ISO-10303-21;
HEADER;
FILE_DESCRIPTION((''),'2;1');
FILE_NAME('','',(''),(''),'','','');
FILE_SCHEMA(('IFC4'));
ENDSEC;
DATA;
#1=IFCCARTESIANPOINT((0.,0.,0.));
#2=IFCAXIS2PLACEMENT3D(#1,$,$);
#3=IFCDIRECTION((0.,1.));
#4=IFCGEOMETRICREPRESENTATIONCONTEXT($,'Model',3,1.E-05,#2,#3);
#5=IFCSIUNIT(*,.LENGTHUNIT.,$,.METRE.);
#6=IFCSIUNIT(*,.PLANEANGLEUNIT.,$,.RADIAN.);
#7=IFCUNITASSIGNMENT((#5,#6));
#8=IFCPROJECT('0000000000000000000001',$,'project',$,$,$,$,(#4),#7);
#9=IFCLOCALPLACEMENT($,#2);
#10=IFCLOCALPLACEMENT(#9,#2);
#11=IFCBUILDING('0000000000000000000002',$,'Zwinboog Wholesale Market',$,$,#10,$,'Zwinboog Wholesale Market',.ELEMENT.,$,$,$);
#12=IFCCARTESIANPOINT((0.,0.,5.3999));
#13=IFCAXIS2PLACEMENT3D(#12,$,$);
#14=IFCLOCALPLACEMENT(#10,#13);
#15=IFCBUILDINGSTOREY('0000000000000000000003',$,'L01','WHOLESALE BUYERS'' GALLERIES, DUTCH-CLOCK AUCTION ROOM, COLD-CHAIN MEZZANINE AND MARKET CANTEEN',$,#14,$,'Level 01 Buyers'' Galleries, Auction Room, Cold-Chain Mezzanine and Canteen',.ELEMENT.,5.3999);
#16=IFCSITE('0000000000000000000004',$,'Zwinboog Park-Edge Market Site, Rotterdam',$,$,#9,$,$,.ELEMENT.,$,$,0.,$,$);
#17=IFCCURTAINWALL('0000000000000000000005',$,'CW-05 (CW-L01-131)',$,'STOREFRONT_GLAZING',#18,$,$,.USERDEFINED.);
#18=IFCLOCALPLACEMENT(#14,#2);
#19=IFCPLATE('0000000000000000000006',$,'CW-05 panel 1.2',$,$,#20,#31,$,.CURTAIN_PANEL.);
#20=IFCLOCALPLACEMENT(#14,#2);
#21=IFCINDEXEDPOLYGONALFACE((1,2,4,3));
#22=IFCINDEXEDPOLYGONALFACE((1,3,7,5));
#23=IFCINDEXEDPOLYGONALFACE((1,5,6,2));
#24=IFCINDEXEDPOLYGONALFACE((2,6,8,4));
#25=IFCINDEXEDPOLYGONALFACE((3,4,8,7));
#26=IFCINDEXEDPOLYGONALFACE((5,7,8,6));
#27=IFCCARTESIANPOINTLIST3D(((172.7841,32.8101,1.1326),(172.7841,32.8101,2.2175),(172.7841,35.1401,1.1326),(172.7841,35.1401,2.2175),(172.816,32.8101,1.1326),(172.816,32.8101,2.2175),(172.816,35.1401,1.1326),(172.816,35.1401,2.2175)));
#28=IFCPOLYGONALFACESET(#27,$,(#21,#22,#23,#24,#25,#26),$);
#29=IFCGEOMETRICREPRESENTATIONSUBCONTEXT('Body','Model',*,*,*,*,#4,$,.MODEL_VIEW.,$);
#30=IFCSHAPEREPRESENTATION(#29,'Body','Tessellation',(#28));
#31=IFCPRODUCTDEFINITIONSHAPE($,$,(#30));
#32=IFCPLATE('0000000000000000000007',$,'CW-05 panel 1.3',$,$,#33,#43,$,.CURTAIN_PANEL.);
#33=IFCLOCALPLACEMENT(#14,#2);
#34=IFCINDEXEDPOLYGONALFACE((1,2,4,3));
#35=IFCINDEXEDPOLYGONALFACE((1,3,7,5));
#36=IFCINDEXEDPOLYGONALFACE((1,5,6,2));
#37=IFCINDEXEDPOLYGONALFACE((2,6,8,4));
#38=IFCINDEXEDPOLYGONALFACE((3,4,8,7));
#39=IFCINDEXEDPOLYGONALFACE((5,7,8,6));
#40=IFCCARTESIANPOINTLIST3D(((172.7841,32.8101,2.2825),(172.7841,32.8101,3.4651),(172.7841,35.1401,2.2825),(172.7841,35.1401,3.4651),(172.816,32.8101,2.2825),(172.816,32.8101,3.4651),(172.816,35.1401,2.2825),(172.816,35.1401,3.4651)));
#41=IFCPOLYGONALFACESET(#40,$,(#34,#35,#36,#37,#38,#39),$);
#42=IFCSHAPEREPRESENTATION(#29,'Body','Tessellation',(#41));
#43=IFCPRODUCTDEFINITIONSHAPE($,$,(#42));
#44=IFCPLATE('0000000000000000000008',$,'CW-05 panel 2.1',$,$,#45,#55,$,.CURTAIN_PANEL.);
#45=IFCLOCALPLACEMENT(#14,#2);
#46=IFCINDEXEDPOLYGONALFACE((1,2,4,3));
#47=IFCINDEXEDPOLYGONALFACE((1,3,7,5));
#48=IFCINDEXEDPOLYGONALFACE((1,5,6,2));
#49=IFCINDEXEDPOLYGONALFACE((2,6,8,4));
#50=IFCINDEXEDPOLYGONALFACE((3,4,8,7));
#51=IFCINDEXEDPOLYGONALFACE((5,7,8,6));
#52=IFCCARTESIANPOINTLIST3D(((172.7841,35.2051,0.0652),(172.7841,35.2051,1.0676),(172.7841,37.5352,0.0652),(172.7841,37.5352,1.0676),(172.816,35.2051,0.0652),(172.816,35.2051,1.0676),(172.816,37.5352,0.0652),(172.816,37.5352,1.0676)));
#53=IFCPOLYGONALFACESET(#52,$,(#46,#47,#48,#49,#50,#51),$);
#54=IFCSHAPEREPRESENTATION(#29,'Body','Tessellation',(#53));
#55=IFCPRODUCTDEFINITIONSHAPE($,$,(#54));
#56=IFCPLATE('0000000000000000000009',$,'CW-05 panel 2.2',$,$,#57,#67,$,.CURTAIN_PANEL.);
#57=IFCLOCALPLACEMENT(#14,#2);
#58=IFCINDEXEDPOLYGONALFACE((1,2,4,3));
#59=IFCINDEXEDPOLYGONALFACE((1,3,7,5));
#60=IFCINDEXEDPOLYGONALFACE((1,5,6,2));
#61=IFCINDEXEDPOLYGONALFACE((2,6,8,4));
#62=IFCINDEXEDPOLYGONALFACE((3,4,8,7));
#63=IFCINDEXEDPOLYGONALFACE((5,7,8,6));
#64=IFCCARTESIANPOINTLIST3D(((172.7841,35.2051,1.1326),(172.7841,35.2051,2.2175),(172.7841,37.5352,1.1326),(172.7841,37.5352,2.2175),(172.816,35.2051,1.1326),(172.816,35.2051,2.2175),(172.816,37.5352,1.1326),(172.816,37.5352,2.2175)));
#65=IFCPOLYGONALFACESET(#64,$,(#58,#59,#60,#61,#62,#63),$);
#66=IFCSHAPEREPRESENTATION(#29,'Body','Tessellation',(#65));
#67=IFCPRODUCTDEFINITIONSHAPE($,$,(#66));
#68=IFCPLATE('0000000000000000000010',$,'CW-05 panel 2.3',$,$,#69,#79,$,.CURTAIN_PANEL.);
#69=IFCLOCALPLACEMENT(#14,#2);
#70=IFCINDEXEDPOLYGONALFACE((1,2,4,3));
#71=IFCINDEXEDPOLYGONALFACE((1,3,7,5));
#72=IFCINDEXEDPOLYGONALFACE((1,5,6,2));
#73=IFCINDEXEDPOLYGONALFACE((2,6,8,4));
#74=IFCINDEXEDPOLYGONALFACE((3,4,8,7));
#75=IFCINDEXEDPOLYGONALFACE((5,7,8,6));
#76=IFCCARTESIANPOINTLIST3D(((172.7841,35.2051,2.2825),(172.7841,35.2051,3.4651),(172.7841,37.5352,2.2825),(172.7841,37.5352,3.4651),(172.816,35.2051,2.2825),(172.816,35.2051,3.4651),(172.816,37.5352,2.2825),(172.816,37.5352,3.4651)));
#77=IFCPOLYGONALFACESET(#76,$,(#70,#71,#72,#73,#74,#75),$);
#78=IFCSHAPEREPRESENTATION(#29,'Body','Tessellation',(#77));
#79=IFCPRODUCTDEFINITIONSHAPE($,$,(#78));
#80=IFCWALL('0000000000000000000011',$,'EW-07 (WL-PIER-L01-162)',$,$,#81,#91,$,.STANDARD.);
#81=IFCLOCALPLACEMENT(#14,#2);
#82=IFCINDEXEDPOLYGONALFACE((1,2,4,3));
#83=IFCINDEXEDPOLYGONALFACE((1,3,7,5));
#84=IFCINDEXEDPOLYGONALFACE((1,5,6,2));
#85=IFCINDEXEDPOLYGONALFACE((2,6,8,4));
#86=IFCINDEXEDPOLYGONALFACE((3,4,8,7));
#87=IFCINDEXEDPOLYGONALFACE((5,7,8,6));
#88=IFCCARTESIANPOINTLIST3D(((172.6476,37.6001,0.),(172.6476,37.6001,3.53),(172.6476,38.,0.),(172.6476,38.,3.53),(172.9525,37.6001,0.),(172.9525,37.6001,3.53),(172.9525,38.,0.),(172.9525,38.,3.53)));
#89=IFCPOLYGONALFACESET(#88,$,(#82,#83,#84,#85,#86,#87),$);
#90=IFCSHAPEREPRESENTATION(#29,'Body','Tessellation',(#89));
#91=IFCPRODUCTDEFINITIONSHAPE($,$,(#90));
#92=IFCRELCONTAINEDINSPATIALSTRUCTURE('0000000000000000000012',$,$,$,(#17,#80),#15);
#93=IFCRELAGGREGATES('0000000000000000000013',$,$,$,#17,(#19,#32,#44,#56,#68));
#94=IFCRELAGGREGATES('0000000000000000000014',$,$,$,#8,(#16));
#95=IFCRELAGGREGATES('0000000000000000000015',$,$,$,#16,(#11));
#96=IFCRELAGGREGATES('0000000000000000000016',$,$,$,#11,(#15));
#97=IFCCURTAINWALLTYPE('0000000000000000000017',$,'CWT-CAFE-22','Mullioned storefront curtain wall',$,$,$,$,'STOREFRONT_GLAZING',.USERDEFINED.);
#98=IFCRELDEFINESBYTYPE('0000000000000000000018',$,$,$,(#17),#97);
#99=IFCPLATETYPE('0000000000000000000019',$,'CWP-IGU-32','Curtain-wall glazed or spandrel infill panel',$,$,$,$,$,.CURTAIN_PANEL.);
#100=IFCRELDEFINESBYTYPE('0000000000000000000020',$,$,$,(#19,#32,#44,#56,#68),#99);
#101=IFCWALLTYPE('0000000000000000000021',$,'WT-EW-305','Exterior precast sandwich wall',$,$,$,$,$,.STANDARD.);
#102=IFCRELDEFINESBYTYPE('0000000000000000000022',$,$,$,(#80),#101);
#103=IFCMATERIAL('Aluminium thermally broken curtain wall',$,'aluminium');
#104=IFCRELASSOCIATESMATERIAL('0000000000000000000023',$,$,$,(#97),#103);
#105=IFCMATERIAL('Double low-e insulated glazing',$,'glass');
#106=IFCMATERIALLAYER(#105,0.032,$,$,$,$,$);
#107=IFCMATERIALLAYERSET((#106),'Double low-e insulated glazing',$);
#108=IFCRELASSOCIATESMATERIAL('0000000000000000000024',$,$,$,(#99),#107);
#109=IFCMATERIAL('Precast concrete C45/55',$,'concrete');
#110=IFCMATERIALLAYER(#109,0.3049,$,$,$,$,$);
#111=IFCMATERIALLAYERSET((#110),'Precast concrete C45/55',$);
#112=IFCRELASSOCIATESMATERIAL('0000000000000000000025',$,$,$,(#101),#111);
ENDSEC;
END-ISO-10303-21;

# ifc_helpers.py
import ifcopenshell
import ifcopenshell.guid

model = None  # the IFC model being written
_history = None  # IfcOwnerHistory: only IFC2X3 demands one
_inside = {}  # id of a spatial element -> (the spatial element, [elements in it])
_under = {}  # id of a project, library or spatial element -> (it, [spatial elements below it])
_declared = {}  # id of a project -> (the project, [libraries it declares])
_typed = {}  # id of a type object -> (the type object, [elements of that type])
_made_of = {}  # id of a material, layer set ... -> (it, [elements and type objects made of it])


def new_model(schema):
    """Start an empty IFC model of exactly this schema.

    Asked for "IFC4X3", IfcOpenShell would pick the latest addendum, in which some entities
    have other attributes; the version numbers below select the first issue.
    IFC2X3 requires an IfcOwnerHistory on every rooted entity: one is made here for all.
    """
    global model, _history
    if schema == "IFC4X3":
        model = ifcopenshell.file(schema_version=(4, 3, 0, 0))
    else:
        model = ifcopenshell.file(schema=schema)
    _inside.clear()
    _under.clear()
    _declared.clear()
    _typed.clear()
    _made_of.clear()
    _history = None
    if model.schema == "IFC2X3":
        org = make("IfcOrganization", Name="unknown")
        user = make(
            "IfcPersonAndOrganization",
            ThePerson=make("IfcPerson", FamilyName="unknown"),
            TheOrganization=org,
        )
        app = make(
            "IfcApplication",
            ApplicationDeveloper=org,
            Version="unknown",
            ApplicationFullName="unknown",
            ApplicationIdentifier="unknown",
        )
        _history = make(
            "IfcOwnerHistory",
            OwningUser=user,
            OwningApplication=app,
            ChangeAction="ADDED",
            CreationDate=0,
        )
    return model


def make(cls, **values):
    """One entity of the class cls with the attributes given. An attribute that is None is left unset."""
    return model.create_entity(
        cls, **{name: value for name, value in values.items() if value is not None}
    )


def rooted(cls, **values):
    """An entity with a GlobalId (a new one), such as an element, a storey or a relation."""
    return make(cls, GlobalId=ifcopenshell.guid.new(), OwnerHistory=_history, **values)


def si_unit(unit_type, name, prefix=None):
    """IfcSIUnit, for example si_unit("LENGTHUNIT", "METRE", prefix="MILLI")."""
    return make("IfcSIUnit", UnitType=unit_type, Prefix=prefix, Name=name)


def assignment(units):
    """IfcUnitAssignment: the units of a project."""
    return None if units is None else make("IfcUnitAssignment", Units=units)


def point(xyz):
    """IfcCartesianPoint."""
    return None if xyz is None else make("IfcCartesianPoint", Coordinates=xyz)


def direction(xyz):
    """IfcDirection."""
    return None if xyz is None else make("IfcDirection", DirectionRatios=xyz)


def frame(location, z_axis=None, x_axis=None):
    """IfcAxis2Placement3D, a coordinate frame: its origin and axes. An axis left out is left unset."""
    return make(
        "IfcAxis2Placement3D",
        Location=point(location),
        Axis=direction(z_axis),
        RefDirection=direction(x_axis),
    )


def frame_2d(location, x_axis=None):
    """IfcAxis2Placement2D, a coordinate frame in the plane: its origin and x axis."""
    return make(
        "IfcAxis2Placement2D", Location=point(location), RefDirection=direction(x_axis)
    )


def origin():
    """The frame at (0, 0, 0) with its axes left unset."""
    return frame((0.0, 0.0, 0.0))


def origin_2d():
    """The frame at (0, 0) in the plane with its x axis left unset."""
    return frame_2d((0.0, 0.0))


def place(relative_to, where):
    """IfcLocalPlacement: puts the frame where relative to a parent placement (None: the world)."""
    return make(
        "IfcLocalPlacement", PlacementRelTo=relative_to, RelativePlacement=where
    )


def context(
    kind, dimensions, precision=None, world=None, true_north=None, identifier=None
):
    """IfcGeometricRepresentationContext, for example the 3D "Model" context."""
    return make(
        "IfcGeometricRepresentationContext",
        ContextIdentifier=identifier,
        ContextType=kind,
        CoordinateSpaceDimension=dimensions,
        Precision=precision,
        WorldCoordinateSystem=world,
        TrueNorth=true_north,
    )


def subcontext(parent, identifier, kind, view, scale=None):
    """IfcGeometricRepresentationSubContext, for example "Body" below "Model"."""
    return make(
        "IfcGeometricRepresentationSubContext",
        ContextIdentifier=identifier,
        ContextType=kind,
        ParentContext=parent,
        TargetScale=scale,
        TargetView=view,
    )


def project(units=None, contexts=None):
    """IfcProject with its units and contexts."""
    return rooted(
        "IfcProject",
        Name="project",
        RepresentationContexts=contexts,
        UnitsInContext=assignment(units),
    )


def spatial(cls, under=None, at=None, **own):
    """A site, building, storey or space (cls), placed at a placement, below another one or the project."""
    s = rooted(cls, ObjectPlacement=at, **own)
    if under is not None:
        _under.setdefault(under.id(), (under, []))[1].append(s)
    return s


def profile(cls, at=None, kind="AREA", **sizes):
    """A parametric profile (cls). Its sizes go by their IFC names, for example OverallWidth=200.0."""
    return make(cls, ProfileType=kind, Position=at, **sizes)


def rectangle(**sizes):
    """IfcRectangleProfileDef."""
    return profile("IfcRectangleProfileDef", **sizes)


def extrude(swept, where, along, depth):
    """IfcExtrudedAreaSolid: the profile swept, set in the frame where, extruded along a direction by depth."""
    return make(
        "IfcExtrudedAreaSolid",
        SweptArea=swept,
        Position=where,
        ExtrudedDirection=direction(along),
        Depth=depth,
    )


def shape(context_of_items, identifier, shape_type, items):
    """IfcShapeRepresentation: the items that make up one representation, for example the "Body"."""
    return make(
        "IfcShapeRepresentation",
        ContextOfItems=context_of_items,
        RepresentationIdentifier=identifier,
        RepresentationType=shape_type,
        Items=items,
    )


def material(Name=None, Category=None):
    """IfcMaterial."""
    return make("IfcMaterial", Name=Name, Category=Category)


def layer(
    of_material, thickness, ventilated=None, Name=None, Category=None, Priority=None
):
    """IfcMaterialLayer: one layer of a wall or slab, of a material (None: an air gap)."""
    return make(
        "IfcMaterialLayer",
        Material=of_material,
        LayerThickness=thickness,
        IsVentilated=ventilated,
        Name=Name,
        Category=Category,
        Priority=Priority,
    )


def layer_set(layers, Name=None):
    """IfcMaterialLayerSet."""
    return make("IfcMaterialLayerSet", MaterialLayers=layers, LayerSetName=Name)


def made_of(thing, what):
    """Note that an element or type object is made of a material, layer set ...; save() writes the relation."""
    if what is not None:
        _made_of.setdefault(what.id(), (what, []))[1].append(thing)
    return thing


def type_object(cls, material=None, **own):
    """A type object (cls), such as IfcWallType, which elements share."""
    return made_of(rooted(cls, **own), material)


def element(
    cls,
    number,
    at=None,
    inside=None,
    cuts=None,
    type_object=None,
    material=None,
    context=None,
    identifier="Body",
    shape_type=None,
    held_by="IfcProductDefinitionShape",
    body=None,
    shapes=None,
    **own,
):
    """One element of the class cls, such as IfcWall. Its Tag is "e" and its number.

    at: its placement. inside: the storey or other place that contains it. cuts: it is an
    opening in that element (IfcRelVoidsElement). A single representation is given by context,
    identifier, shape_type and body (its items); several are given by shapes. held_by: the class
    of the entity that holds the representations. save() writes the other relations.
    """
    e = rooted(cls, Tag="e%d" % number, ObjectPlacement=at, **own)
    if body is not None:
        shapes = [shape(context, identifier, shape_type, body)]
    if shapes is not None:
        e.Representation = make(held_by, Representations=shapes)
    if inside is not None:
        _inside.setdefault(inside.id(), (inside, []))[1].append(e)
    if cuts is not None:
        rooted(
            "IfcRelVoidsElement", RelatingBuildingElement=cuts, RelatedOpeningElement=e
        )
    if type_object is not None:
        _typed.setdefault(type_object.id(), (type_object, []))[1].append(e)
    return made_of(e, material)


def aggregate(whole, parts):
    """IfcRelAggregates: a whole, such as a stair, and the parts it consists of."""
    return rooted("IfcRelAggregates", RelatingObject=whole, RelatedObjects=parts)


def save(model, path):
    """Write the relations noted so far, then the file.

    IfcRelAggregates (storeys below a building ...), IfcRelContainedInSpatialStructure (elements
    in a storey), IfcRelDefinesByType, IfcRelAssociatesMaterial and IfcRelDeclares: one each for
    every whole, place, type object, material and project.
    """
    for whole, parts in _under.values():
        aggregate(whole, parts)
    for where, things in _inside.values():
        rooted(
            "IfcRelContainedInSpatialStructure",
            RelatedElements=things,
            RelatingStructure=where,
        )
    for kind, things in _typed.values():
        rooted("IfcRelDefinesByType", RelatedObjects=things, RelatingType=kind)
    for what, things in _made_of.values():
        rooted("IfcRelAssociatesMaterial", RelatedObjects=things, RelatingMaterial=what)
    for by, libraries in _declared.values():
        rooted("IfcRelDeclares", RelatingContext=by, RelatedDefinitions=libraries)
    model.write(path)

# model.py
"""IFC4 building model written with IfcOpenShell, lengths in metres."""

from ifc_helpers import new_model, si_unit, direction, frame, frame_2d, origin, origin_2d, place, context, subcontext, project, spatial, rectangle, extrude, material, layer, layer_set, type_object, element, aggregate, save


model = new_model("IFC4")

# Units and contexts
model_context = context("Model", 3, precision=1e-05, world=origin(), true_north=direction((0.0, 1.0)))
body_context = subcontext(model_context, "Body", "Model", "MODEL_VIEW")
ifc_project = project(units=[si_unit("LENGTHUNIT", "METRE"), si_unit("PLANEANGLEUNIT", "RADIAN")], contexts=[model_context])

# Site, building, storey
site_placement = place(None, origin())
site = spatial("IfcSite", under=ifc_project, at=site_placement, Name="Zwinboog Park-Edge Market Site, Rotterdam", CompositionType="ELEMENT", RefElevation=0.0)
building_placement = place(site_placement, origin())
building = spatial("IfcBuilding", under=site, at=building_placement, Name="Zwinboog Wholesale Market", LongName="Zwinboog Wholesale Market", CompositionType="ELEMENT")
storey_placement = place(building_placement, frame((0.0, 0.0, 5.3999)))
storey = spatial("IfcBuildingStorey", under=building, at=storey_placement, Name="L01", Description="WHOLESALE BUYERS' GALLERIES, DUTCH-CLOCK AUCTION ROOM, COLD-CHAIN MEZZANINE AND MARKET CANTEEN", LongName="Level 01 Buyers' Galleries, Auction Room, Cold-Chain Mezzanine and Canteen", CompositionType="ELEMENT", Elevation=5.3999)

# Curtain wall
ifc_material_1 = material(Name="Aluminium thermally broken curtain wall", Category="aluminium")
curtain_wall_type_1 = type_object("IfcCurtainWallType", Name="CWT-CAFE-22", Description="Mullioned storefront curtain wall", ElementType="STOREFRONT_GLAZING", PredefinedType="USERDEFINED", material=ifc_material_1)
curtain_wall_1_placement = place(storey_placement, origin())
curtain_wall_1 = element("IfcCurtainWall", 1, at=curtain_wall_1_placement, inside=storey, type_object=curtain_wall_type_1, Name="CW-05 (CW-L01-131)", ObjectType="STOREFRONT_GLAZING", PredefinedType="USERDEFINED")

# Plates
ifc_material_2 = material(Name="Double low-e insulated glazing", Category="glass")
ifc_layer_1 = layer(ifc_material_2, 0.032)
ifc_layer_set_1 = layer_set([ifc_layer_1], Name="Double low-e insulated glazing")
plate_type = type_object("IfcPlateType", Name="CWP-IGU-32", Description="Curtain-wall glazed or spandrel infill panel", PredefinedType="CURTAIN_PANEL", material=ifc_layer_set_1)
plate_1_placement = place(storey_placement, frame((172.8, 33.9751, 1.1326), z_axis=(0.0, 0.0, 1.0), x_axis=(0.0, 1.0, 0.0)))
plate_1 = element("IfcPlate", 2, at=plate_1_placement, type_object=plate_type, Name="CW-05 panel 1.2", PredefinedType="CURTAIN_PANEL", context=body_context, shape_type="SweptSolid", body=[
    extrude(rectangle(XDim=2.3301, YDim=0.032, at=origin_2d()), origin(), (0.0, 0.0, 1.0), 1.085),
])
plate_2_placement = place(storey_placement, frame((172.8, 33.9751, 2.2825), z_axis=(0.0, 0.0, 1.0), x_axis=(0.0, 1.0, 0.0)))
plate_2 = element("IfcPlate", 3, at=plate_2_placement, type_object=plate_type, Name="CW-05 panel 1.3", PredefinedType="CURTAIN_PANEL", context=body_context, shape_type="SweptSolid", body=[
    extrude(rectangle(XDim=2.3301, YDim=0.032, at=origin_2d()), origin(), (0.0, 0.0, 1.0), 1.1826),
])
plate_3_placement = place(storey_placement, frame((172.8, 36.3701, 0.0652), z_axis=(0.0, 0.0, 1.0), x_axis=(0.0, 1.0, 0.0)))
plate_3 = element("IfcPlate", 4, at=plate_3_placement, type_object=plate_type, Name="CW-05 panel 2.1", PredefinedType="CURTAIN_PANEL", context=body_context, shape_type="SweptSolid", body=[
    extrude(rectangle(XDim=2.3301, YDim=0.032, at=origin_2d()), origin(), (0.0, 0.0, 1.0), 1.0024),
])
plate_4_placement = place(storey_placement, frame((172.8, 36.3701, 1.1326), z_axis=(0.0, 0.0, 1.0), x_axis=(0.0, 1.0, 0.0)))
plate_4 = element("IfcPlate", 5, at=plate_4_placement, type_object=plate_type, Name="CW-05 panel 2.2", PredefinedType="CURTAIN_PANEL", context=body_context, shape_type="SweptSolid", body=[
    extrude(rectangle(XDim=2.3301, YDim=0.032, at=origin_2d()), origin(), (0.0, 0.0, 1.0), 1.085),
])
plate_5_placement = place(storey_placement, frame((172.8, 36.3701, 2.2825), z_axis=(0.0, 0.0, 1.0), x_axis=(0.0, 1.0, 0.0)))
plate_5 = element("IfcPlate", 6, at=plate_5_placement, type_object=plate_type, Name="CW-05 panel 2.3", PredefinedType="CURTAIN_PANEL", context=body_context, shape_type="SweptSolid", body=[
    extrude(rectangle(XDim=2.3301, YDim=0.032, at=origin_2d()), origin(), (0.0, 0.0, 1.0), 1.1826),
])
aggregate(curtain_wall_1, [plate_1, plate_2, plate_3, plate_4, plate_5])

# Wall
ifc_material_3 = material(Name="Precast concrete C45/55", Category="concrete")
ifc_layer_2 = layer(ifc_material_3, 0.3049)
ifc_layer_set_2 = layer_set([ifc_layer_2], Name="Precast concrete C45/55")
wall_type = type_object("IfcWallType", Name="WT-EW-305", Description="Exterior precast sandwich wall", PredefinedType="STANDARD", material=ifc_layer_set_2)
wall_placement = place(storey_placement, frame((172.8, 37.6001, 0.0), z_axis=(0.0, 0.0, 1.0), x_axis=(0.0, 1.0, 0.0)))
element("IfcWall", 7, at=wall_placement, inside=storey, type_object=wall_type, Name="EW-07 (WL-PIER-L01-162)", PredefinedType="STANDARD", context=body_context, shape_type="SweptSolid", body=[
    extrude(rectangle(XDim=0.3999, YDim=0.3049, at=frame_2d((0.2, 0.0))), origin(), (0.0, 0.0, 1.0), 3.53),
])

save(model, "model.ifc")
